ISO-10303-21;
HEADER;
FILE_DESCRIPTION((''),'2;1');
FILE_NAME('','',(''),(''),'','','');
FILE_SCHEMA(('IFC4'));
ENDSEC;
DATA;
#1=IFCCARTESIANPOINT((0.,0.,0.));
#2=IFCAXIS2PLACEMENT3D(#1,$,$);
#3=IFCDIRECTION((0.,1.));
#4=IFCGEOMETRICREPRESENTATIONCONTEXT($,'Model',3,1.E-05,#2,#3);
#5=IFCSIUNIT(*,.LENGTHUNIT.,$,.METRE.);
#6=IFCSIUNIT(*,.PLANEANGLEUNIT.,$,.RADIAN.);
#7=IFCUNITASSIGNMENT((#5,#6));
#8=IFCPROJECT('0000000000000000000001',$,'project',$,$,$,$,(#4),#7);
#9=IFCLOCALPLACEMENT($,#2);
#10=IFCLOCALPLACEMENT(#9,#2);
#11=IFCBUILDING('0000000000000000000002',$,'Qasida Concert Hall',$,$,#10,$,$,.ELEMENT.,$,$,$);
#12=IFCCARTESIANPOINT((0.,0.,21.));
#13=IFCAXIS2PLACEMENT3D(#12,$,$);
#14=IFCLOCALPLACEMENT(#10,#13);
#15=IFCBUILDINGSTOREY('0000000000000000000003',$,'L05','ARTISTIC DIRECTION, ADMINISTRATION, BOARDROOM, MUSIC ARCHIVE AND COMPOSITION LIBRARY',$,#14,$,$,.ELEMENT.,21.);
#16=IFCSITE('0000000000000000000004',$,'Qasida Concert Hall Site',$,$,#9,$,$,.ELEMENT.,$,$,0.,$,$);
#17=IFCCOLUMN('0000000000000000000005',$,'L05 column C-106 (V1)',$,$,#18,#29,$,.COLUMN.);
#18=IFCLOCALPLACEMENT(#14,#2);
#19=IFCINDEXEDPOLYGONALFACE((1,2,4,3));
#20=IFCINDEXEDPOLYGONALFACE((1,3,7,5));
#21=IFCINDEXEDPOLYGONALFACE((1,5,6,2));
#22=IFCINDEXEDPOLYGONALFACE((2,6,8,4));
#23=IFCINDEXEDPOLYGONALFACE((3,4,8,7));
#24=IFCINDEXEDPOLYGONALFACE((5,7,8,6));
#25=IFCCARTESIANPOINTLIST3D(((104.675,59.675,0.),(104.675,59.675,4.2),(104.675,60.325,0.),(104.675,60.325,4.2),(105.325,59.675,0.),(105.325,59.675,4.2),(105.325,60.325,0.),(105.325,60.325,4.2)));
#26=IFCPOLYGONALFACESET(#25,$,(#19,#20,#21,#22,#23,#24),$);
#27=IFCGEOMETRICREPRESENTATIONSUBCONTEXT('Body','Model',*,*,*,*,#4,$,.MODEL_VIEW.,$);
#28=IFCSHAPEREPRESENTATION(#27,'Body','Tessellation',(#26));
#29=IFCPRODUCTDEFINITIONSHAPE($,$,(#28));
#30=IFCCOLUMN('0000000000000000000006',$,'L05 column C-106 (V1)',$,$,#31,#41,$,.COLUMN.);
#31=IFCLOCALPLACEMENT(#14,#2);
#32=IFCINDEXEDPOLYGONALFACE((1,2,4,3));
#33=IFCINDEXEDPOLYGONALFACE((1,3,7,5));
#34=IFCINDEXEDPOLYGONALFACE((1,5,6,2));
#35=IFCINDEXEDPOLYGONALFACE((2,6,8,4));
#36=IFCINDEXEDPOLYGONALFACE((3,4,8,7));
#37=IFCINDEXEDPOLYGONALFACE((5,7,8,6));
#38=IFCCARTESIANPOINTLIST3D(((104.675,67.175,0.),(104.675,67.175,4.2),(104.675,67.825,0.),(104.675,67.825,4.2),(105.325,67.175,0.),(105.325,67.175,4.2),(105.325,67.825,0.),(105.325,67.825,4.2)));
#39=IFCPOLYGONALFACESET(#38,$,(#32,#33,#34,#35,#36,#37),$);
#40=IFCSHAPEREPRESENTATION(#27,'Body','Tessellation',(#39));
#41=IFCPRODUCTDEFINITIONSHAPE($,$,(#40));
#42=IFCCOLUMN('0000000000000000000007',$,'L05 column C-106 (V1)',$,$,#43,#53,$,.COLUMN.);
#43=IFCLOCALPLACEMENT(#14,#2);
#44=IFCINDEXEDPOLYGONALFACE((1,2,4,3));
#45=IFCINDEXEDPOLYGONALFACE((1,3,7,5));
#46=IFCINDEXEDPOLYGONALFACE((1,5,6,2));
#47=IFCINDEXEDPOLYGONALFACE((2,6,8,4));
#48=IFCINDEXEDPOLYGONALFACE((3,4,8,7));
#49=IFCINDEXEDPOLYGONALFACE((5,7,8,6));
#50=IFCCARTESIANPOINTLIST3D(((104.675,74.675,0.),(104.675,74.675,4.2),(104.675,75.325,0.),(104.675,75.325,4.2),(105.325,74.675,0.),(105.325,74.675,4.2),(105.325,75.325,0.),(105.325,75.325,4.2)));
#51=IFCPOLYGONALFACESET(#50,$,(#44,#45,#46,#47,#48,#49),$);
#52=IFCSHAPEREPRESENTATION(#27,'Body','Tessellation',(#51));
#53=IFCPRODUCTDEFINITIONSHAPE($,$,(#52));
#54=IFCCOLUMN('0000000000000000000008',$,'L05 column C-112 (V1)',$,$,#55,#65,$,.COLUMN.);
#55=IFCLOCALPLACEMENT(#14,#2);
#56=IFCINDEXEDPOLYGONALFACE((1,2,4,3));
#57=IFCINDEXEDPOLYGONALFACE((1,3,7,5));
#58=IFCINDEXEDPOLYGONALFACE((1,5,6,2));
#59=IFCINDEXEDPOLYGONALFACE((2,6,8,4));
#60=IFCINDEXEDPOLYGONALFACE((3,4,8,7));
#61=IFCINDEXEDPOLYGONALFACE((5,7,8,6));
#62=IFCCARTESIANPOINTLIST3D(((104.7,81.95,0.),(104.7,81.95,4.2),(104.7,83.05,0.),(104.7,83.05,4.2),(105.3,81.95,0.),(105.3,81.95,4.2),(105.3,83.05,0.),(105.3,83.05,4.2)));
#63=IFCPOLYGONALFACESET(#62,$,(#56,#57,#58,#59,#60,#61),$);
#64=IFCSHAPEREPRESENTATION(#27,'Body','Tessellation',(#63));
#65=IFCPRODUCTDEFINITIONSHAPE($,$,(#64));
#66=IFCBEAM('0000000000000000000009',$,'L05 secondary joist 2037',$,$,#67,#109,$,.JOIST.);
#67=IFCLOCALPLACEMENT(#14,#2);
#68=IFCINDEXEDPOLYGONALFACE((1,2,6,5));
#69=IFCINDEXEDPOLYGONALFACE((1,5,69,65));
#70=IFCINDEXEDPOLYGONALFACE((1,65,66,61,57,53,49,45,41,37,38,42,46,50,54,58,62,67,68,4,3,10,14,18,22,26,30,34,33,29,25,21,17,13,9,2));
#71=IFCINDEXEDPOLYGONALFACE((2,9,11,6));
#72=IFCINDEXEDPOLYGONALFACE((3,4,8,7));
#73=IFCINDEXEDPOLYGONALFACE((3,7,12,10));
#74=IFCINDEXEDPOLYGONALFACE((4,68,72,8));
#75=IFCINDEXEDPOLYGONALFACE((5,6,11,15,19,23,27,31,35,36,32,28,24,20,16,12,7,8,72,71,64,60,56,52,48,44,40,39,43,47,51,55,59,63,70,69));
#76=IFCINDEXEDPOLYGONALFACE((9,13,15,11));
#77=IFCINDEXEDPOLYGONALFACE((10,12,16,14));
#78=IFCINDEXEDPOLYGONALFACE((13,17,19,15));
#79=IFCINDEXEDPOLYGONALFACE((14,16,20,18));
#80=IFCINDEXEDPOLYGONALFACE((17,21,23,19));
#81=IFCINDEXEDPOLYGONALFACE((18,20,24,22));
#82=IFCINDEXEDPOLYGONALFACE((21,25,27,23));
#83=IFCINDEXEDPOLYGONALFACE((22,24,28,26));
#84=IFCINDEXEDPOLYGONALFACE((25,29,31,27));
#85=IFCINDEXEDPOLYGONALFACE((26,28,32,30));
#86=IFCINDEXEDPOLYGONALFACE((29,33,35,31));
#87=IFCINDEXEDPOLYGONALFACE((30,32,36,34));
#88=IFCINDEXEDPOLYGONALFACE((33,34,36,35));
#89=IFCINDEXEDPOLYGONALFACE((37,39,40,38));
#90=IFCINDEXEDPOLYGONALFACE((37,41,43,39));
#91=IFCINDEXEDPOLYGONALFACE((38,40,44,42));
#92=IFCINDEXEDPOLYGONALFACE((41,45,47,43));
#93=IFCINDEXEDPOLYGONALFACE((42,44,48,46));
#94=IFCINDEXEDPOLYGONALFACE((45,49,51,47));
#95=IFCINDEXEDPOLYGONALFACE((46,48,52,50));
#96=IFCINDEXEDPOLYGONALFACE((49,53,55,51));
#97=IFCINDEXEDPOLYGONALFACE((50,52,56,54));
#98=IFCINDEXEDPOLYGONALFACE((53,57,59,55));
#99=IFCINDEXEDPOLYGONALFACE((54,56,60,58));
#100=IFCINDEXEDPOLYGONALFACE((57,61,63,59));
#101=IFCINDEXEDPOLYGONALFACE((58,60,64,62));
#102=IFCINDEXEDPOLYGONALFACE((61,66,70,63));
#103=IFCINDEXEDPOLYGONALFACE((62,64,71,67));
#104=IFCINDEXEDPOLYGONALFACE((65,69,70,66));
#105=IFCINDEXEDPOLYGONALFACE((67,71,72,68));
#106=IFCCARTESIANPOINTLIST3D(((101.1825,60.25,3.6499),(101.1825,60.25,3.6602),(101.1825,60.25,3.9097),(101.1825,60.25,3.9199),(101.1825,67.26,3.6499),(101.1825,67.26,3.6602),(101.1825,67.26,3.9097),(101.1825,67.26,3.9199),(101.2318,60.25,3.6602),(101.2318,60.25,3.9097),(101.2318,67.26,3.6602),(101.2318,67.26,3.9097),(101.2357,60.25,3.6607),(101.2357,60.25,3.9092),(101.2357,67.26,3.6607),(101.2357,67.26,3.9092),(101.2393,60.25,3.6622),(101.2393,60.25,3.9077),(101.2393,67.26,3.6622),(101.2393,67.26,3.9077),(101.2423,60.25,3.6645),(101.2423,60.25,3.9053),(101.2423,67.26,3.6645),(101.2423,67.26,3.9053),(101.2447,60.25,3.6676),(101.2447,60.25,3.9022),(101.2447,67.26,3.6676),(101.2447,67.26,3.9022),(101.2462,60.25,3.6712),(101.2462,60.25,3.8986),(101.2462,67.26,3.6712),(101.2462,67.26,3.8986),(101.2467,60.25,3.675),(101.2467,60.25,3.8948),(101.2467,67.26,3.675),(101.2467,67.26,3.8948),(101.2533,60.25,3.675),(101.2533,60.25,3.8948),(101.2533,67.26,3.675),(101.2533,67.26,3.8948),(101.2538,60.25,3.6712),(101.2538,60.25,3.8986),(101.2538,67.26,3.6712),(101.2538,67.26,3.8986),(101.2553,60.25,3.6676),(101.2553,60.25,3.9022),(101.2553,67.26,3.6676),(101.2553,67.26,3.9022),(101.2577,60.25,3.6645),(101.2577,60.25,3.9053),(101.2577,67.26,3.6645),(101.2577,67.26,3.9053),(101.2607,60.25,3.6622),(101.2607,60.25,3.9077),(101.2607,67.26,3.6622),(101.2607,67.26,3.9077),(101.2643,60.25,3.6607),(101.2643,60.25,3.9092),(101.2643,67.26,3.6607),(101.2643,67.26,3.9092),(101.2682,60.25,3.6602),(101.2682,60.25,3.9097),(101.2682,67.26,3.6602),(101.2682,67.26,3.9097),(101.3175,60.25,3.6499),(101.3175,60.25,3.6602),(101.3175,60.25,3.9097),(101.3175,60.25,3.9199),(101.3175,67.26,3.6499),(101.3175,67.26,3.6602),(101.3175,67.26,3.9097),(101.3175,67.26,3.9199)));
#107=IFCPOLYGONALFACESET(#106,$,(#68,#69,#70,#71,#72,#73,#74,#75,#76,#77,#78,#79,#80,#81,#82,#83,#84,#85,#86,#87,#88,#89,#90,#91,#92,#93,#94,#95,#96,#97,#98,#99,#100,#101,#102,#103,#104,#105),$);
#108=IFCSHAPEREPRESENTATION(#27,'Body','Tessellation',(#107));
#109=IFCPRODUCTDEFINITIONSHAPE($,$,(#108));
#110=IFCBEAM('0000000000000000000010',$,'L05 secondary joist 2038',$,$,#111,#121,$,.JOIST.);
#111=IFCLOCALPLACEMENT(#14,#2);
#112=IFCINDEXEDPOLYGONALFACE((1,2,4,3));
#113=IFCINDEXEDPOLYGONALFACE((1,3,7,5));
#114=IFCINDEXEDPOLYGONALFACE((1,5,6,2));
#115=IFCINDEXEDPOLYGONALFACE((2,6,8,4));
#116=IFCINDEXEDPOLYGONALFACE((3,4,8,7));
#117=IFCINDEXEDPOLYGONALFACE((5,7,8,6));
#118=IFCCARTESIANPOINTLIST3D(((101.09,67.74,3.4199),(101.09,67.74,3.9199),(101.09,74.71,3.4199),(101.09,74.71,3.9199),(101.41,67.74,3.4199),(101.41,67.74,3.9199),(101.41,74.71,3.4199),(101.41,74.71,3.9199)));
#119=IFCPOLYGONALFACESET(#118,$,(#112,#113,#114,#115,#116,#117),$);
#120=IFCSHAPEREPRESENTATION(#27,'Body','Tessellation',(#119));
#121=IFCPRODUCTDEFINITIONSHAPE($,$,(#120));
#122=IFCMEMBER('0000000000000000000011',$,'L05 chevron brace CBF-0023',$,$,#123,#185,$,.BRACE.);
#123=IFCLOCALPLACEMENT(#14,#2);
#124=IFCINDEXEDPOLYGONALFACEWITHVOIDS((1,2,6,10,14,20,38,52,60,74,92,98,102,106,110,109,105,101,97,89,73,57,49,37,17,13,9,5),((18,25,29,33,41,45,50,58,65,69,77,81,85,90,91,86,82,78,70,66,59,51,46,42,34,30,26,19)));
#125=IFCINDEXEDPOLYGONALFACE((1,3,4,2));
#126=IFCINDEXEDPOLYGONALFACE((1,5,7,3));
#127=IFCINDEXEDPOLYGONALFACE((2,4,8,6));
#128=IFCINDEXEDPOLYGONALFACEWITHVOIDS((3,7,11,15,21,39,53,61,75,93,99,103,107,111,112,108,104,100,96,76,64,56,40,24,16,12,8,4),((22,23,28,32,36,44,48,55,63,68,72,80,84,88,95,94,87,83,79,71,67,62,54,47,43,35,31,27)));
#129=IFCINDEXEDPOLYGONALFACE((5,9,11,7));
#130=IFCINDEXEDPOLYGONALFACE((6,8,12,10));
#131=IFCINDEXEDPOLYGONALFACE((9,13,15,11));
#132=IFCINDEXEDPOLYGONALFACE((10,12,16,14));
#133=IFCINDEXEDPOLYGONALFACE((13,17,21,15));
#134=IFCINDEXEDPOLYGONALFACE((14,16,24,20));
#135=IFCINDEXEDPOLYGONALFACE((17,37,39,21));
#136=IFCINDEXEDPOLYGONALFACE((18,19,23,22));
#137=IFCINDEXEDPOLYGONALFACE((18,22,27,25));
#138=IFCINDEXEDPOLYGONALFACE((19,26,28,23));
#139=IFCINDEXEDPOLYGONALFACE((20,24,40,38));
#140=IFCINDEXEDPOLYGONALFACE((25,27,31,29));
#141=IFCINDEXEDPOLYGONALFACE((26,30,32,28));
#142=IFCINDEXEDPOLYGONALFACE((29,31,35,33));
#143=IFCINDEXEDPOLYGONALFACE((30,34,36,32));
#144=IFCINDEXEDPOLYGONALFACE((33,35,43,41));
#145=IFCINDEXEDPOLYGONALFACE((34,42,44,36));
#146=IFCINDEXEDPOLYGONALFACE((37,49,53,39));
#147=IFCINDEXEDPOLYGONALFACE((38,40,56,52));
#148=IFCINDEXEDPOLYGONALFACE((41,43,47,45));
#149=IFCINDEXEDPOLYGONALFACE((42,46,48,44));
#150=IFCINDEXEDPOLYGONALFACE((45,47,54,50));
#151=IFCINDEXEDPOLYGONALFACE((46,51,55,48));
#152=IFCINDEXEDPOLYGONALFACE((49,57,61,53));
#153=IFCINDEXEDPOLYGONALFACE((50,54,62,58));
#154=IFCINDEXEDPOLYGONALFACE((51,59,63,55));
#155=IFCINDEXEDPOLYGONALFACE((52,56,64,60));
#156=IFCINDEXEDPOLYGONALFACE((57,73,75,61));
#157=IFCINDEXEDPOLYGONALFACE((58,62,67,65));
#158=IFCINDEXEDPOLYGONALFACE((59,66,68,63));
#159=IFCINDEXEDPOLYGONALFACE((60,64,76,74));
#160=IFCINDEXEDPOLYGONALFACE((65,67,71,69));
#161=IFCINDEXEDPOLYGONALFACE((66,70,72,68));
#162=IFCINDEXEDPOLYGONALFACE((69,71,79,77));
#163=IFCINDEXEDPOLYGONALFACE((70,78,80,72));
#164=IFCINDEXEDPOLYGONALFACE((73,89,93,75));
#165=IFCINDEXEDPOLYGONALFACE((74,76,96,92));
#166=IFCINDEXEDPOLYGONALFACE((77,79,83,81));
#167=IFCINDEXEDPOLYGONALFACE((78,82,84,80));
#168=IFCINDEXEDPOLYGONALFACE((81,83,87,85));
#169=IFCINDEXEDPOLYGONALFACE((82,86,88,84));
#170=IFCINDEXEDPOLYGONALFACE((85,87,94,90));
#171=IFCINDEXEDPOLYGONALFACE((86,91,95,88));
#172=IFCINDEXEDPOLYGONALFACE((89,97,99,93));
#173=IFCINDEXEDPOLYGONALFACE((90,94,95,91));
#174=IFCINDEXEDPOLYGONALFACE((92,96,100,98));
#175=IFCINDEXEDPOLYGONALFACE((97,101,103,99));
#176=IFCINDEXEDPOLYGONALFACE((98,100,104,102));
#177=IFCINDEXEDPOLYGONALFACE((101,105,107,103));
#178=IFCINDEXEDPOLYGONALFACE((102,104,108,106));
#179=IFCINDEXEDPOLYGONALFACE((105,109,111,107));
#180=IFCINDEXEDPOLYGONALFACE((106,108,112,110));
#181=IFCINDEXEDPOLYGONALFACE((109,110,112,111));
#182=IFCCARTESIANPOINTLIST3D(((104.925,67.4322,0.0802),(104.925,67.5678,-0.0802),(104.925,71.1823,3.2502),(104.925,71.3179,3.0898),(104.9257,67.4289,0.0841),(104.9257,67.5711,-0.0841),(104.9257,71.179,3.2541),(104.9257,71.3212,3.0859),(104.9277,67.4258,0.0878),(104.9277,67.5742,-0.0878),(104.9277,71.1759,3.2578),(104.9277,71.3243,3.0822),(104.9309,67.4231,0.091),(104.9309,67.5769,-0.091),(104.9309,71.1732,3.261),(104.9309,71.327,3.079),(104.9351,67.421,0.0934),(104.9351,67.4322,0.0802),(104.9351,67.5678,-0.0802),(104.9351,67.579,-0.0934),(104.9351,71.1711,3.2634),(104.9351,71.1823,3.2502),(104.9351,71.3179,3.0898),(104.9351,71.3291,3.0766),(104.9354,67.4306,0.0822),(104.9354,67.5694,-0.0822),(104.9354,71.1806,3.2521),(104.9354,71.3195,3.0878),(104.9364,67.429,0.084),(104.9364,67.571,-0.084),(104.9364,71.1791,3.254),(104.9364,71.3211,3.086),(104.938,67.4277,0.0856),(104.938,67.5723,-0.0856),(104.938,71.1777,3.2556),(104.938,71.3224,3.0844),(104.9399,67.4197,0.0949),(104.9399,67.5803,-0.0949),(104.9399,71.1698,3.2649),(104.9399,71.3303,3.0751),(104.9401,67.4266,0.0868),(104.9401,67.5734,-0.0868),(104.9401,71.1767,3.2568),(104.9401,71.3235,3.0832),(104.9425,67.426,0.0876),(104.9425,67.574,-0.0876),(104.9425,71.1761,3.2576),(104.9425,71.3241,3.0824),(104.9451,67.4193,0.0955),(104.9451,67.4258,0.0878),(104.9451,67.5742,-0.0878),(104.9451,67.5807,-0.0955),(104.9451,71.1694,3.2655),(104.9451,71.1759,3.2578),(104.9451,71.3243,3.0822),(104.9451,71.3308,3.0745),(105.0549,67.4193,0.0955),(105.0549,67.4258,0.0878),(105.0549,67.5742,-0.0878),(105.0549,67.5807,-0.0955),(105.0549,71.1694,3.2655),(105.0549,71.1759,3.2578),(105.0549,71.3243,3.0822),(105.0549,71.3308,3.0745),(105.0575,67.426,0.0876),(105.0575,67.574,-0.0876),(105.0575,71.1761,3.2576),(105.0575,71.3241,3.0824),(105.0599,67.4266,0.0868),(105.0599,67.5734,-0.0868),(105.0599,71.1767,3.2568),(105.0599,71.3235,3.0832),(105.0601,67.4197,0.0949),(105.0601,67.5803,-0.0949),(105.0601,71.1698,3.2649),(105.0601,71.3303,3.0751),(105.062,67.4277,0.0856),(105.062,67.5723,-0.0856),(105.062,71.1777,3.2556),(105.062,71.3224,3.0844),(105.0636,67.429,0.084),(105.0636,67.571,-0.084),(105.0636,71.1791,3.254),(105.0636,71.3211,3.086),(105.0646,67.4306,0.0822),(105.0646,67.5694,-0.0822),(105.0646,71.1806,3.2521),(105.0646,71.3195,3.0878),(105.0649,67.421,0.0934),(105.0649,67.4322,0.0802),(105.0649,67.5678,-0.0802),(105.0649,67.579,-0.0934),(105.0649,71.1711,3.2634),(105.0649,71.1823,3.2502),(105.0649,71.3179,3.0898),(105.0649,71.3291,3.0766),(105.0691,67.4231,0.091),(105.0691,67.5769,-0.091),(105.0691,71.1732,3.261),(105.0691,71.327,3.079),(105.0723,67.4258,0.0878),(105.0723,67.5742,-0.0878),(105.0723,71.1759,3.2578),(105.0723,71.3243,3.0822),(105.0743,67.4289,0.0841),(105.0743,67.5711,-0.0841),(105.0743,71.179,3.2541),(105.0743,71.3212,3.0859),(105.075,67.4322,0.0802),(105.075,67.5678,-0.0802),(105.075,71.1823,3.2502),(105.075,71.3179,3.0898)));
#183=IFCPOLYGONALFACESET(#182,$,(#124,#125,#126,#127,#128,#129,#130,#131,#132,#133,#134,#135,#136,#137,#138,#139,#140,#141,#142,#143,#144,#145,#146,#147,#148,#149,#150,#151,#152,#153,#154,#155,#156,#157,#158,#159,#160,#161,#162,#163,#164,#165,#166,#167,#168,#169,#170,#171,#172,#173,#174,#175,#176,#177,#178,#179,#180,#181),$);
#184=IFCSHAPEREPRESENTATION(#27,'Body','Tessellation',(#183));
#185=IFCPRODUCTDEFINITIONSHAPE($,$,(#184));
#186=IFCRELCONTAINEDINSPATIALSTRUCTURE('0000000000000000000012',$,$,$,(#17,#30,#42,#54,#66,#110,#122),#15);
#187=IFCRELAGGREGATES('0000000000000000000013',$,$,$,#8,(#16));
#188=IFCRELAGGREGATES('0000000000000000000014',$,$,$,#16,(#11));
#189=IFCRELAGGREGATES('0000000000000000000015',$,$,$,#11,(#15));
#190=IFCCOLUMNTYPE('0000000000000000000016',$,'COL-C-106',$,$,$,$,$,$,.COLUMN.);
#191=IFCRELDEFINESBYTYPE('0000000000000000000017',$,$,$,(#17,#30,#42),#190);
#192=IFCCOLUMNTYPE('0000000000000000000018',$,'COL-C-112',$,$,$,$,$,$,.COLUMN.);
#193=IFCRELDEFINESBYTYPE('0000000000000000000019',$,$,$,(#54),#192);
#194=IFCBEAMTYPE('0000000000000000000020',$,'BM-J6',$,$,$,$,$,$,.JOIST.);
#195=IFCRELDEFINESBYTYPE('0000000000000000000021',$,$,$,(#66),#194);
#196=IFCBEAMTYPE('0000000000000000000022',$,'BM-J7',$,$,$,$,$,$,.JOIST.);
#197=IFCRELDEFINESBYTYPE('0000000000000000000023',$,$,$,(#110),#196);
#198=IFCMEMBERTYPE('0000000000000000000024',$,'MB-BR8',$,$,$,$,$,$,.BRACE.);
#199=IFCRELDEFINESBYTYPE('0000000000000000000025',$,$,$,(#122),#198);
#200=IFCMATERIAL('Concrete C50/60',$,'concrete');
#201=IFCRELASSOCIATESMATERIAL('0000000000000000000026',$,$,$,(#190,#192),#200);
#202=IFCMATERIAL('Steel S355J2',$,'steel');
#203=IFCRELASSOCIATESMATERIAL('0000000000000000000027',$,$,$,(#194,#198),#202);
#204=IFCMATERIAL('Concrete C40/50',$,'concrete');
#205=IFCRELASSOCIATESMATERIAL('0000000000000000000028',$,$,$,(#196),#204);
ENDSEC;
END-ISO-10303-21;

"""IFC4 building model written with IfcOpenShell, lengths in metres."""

from ifc_helpers import new_model, si_unit, direction, frame, origin, origin_2d, place, context, subcontext, project, spatial, rectangle, hollow_rectangle, i_section, extrude, material, material_profile, profile_set, type_object, element, save


model = new_model("IFC4")

# Units and contexts
model_context = context("Model", 3, precision=1e-05, world=origin(), true_north=direction((0.0, 1.0)))
body_context = subcontext(model_context, "Body", "Model", "MODEL_VIEW")
ifc_project = project(units=[si_unit("LENGTHUNIT", "METRE"), si_unit("PLANEANGLEUNIT", "RADIAN")], contexts=[model_context])

# Site, building, storey
site_placement = place(None, origin())
site = spatial("IfcSite", under=ifc_project, at=site_placement, Name="Qasida Concert Hall Site", CompositionType="ELEMENT", RefElevation=0.0)
building_placement = place(site_placement, origin())
building = spatial("IfcBuilding", under=site, at=building_placement, Name="Qasida Concert Hall", CompositionType="ELEMENT")
storey_placement = place(building_placement, frame((0.0, 0.0, 21.0)))
storey = spatial("IfcBuildingStorey", under=building, at=storey_placement, Name="L05", Description="ARTISTIC DIRECTION, ADMINISTRATION, BOARDROOM, MUSIC ARCHIVE AND COMPOSITION LIBRARY", CompositionType="ELEMENT", Elevation=21.0)

# Columns
ifc_material_1 = material(Name="Concrete C50/60", Category="concrete")
ifc_material_profile_1 = material_profile(ifc_material_1, rectangle(XDim=0.6499, YDim=0.6499, at=origin_2d()), Name="RC 650x650")
ifc_profile_set_1 = profile_set([ifc_material_profile_1], Name="Concrete C50/60")
column_type_1 = type_object("IfcColumnType", Name="COL-C-106", PredefinedType="COLUMN", material=ifc_profile_set_1)
for number, where, z_axis, x_axis, name in (
    (1, (105.0, 60.0, 0.0), (0.0, 0.0, 1.0), (1.0, 0.0, 0.0), "L05 column C-106 (V1)"),
    (2, (105.0, 67.5, 0.0), (0.0, 0.0, 1.0), (1.0, 0.0, 0.0), "L05 column C-106 (V1)"),
    (3, (105.0, 75.0, 0.0), (0.0, 0.0, 1.0), (1.0, 0.0, 0.0), "L05 column C-106 (V1)"),
):
    element("IfcColumn", number, at=place(storey_placement, frame(where, z_axis=z_axis, x_axis=x_axis)), inside=storey, type_object=column_type_1, Name=name, PredefinedType="COLUMN", context=body_context, shape_type="SweptSolid", body=[
        extrude(rectangle(XDim=0.6499, YDim=0.6499, at=origin_2d()), origin(), (0.0, 0.0, 1.0), 4.2),
    ])
ifc_material_profile_2 = material_profile(ifc_material_1, rectangle(XDim=0.6001, YDim=1.1001, at=origin_2d()), Name="RC 600x1100")
ifc_profile_set_2 = profile_set([ifc_material_profile_2], Name="Concrete C50/60")
column_type_2 = type_object("IfcColumnType", Name="COL-C-112", PredefinedType="COLUMN", material=ifc_profile_set_2)
column_placement = place(storey_placement, frame((105.0, 82.5, 0.0), z_axis=(0.0, 0.0, 1.0), x_axis=(1.0, 0.0, 0.0)))
element("IfcColumn", 4, at=column_placement, inside=storey, type_object=column_type_2, Name="L05 column C-112 (V1)", PredefinedType="COLUMN", context=body_context, shape_type="SweptSolid", body=[
    extrude(rectangle(XDim=0.6001, YDim=1.1001, at=origin_2d()), origin(), (0.0, 0.0, 1.0), 4.2),
])

# Beams
ifc_material_2 = material(Name="Steel S355J2", Category="steel")
ifc_material_profile_3 = material_profile(ifc_material_2, i_section(OverallWidth=0.135, OverallDepth=0.27, WebThickness=0.0066, FlangeThickness=0.0103, FilletRadius=0.0149, at=origin_2d()), Name="IPE 270")
ifc_profile_set_3 = profile_set([ifc_material_profile_3], Name="Steel S355J2")
beam_type_1 = type_object("IfcBeamType", Name="BM-J6", PredefinedType="JOIST", material=ifc_profile_set_3)
beam_1_placement = place(storey_placement, frame((101.25, 60.25, 3.7849), z_axis=(0.0, 1.0, 0.0), x_axis=(-1.0, 0.0, 0.0)))
element("IfcBeam", 5, at=beam_1_placement, inside=storey, type_object=beam_type_1, Name="L05 secondary joist 2037", PredefinedType="JOIST", context=body_context, shape_type="SweptSolid", body=[
    extrude(i_section(OverallWidth=0.135, OverallDepth=0.27, WebThickness=0.0066, FlangeThickness=0.0103, FilletRadius=0.0149, at=origin_2d()), origin(), (0.0, 0.0, 1.0), 7.01),
])
ifc_material_3 = material(Name="Concrete C40/50", Category="concrete")
ifc_material_profile_4 = material_profile(ifc_material_3, rectangle(XDim=0.3201, YDim=0.5, at=origin_2d()), Name="RC 320x500")
ifc_profile_set_4 = profile_set([ifc_material_profile_4], Name="Concrete C40/50")
beam_type_2 = type_object("IfcBeamType", Name="BM-J7", PredefinedType="JOIST", material=ifc_profile_set_4)
beam_2_placement = place(storey_placement, frame((101.25, 67.74, 3.6699), z_axis=(0.0, 1.0, 0.0), x_axis=(-1.0, 0.0, 0.0)))
element("IfcBeam", 6, at=beam_2_placement, inside=storey, type_object=beam_type_2, Name="L05 secondary joist 2038", PredefinedType="JOIST", context=body_context, shape_type="SweptSolid", body=[
    extrude(rectangle(XDim=0.3201, YDim=0.5, at=origin_2d()), origin(), (0.0, 0.0, 1.0), 6.97),
])

# Member
ifc_material_profile_5 = material_profile(ifc_material_2, hollow_rectangle(XDim=0.1499, YDim=0.25, WallThickness=0.01, InnerFilletRadius=0.01, OuterFilletRadius=0.02, at=origin_2d()), Name="RHS 250x150x10")
ifc_profile_set_5 = profile_set([ifc_material_profile_5], Name="Steel S355J2")
member_type_1 = type_object("IfcMemberType", Name="MB-BR8", PredefinedType="BRACE", material=ifc_profile_set_5)
for number, where, z_axis, x_axis, name in (
    (7, (105.0, 67.5, 0.0), (0.0, 0.763703, 0.645568), (-1.0, 0.0, 0.0), "L05 chevron brace CBF-0023"),
):
    element("IfcMember", number, at=place(storey_placement, frame(where, z_axis=z_axis, x_axis=x_axis)), inside=storey, type_object=member_type_1, Name=name, PredefinedType="BRACE", context=body_context, shape_type="SweptSolid", body=[
        extrude(hollow_rectangle(XDim=0.1499, YDim=0.25, WallThickness=0.01, InnerFilletRadius=0.01, OuterFilletRadius=0.02, at=origin_2d()), origin(), (0.0, 0.0, 1.0), 4.9104),
    ])

save(model, "model.ifc")
